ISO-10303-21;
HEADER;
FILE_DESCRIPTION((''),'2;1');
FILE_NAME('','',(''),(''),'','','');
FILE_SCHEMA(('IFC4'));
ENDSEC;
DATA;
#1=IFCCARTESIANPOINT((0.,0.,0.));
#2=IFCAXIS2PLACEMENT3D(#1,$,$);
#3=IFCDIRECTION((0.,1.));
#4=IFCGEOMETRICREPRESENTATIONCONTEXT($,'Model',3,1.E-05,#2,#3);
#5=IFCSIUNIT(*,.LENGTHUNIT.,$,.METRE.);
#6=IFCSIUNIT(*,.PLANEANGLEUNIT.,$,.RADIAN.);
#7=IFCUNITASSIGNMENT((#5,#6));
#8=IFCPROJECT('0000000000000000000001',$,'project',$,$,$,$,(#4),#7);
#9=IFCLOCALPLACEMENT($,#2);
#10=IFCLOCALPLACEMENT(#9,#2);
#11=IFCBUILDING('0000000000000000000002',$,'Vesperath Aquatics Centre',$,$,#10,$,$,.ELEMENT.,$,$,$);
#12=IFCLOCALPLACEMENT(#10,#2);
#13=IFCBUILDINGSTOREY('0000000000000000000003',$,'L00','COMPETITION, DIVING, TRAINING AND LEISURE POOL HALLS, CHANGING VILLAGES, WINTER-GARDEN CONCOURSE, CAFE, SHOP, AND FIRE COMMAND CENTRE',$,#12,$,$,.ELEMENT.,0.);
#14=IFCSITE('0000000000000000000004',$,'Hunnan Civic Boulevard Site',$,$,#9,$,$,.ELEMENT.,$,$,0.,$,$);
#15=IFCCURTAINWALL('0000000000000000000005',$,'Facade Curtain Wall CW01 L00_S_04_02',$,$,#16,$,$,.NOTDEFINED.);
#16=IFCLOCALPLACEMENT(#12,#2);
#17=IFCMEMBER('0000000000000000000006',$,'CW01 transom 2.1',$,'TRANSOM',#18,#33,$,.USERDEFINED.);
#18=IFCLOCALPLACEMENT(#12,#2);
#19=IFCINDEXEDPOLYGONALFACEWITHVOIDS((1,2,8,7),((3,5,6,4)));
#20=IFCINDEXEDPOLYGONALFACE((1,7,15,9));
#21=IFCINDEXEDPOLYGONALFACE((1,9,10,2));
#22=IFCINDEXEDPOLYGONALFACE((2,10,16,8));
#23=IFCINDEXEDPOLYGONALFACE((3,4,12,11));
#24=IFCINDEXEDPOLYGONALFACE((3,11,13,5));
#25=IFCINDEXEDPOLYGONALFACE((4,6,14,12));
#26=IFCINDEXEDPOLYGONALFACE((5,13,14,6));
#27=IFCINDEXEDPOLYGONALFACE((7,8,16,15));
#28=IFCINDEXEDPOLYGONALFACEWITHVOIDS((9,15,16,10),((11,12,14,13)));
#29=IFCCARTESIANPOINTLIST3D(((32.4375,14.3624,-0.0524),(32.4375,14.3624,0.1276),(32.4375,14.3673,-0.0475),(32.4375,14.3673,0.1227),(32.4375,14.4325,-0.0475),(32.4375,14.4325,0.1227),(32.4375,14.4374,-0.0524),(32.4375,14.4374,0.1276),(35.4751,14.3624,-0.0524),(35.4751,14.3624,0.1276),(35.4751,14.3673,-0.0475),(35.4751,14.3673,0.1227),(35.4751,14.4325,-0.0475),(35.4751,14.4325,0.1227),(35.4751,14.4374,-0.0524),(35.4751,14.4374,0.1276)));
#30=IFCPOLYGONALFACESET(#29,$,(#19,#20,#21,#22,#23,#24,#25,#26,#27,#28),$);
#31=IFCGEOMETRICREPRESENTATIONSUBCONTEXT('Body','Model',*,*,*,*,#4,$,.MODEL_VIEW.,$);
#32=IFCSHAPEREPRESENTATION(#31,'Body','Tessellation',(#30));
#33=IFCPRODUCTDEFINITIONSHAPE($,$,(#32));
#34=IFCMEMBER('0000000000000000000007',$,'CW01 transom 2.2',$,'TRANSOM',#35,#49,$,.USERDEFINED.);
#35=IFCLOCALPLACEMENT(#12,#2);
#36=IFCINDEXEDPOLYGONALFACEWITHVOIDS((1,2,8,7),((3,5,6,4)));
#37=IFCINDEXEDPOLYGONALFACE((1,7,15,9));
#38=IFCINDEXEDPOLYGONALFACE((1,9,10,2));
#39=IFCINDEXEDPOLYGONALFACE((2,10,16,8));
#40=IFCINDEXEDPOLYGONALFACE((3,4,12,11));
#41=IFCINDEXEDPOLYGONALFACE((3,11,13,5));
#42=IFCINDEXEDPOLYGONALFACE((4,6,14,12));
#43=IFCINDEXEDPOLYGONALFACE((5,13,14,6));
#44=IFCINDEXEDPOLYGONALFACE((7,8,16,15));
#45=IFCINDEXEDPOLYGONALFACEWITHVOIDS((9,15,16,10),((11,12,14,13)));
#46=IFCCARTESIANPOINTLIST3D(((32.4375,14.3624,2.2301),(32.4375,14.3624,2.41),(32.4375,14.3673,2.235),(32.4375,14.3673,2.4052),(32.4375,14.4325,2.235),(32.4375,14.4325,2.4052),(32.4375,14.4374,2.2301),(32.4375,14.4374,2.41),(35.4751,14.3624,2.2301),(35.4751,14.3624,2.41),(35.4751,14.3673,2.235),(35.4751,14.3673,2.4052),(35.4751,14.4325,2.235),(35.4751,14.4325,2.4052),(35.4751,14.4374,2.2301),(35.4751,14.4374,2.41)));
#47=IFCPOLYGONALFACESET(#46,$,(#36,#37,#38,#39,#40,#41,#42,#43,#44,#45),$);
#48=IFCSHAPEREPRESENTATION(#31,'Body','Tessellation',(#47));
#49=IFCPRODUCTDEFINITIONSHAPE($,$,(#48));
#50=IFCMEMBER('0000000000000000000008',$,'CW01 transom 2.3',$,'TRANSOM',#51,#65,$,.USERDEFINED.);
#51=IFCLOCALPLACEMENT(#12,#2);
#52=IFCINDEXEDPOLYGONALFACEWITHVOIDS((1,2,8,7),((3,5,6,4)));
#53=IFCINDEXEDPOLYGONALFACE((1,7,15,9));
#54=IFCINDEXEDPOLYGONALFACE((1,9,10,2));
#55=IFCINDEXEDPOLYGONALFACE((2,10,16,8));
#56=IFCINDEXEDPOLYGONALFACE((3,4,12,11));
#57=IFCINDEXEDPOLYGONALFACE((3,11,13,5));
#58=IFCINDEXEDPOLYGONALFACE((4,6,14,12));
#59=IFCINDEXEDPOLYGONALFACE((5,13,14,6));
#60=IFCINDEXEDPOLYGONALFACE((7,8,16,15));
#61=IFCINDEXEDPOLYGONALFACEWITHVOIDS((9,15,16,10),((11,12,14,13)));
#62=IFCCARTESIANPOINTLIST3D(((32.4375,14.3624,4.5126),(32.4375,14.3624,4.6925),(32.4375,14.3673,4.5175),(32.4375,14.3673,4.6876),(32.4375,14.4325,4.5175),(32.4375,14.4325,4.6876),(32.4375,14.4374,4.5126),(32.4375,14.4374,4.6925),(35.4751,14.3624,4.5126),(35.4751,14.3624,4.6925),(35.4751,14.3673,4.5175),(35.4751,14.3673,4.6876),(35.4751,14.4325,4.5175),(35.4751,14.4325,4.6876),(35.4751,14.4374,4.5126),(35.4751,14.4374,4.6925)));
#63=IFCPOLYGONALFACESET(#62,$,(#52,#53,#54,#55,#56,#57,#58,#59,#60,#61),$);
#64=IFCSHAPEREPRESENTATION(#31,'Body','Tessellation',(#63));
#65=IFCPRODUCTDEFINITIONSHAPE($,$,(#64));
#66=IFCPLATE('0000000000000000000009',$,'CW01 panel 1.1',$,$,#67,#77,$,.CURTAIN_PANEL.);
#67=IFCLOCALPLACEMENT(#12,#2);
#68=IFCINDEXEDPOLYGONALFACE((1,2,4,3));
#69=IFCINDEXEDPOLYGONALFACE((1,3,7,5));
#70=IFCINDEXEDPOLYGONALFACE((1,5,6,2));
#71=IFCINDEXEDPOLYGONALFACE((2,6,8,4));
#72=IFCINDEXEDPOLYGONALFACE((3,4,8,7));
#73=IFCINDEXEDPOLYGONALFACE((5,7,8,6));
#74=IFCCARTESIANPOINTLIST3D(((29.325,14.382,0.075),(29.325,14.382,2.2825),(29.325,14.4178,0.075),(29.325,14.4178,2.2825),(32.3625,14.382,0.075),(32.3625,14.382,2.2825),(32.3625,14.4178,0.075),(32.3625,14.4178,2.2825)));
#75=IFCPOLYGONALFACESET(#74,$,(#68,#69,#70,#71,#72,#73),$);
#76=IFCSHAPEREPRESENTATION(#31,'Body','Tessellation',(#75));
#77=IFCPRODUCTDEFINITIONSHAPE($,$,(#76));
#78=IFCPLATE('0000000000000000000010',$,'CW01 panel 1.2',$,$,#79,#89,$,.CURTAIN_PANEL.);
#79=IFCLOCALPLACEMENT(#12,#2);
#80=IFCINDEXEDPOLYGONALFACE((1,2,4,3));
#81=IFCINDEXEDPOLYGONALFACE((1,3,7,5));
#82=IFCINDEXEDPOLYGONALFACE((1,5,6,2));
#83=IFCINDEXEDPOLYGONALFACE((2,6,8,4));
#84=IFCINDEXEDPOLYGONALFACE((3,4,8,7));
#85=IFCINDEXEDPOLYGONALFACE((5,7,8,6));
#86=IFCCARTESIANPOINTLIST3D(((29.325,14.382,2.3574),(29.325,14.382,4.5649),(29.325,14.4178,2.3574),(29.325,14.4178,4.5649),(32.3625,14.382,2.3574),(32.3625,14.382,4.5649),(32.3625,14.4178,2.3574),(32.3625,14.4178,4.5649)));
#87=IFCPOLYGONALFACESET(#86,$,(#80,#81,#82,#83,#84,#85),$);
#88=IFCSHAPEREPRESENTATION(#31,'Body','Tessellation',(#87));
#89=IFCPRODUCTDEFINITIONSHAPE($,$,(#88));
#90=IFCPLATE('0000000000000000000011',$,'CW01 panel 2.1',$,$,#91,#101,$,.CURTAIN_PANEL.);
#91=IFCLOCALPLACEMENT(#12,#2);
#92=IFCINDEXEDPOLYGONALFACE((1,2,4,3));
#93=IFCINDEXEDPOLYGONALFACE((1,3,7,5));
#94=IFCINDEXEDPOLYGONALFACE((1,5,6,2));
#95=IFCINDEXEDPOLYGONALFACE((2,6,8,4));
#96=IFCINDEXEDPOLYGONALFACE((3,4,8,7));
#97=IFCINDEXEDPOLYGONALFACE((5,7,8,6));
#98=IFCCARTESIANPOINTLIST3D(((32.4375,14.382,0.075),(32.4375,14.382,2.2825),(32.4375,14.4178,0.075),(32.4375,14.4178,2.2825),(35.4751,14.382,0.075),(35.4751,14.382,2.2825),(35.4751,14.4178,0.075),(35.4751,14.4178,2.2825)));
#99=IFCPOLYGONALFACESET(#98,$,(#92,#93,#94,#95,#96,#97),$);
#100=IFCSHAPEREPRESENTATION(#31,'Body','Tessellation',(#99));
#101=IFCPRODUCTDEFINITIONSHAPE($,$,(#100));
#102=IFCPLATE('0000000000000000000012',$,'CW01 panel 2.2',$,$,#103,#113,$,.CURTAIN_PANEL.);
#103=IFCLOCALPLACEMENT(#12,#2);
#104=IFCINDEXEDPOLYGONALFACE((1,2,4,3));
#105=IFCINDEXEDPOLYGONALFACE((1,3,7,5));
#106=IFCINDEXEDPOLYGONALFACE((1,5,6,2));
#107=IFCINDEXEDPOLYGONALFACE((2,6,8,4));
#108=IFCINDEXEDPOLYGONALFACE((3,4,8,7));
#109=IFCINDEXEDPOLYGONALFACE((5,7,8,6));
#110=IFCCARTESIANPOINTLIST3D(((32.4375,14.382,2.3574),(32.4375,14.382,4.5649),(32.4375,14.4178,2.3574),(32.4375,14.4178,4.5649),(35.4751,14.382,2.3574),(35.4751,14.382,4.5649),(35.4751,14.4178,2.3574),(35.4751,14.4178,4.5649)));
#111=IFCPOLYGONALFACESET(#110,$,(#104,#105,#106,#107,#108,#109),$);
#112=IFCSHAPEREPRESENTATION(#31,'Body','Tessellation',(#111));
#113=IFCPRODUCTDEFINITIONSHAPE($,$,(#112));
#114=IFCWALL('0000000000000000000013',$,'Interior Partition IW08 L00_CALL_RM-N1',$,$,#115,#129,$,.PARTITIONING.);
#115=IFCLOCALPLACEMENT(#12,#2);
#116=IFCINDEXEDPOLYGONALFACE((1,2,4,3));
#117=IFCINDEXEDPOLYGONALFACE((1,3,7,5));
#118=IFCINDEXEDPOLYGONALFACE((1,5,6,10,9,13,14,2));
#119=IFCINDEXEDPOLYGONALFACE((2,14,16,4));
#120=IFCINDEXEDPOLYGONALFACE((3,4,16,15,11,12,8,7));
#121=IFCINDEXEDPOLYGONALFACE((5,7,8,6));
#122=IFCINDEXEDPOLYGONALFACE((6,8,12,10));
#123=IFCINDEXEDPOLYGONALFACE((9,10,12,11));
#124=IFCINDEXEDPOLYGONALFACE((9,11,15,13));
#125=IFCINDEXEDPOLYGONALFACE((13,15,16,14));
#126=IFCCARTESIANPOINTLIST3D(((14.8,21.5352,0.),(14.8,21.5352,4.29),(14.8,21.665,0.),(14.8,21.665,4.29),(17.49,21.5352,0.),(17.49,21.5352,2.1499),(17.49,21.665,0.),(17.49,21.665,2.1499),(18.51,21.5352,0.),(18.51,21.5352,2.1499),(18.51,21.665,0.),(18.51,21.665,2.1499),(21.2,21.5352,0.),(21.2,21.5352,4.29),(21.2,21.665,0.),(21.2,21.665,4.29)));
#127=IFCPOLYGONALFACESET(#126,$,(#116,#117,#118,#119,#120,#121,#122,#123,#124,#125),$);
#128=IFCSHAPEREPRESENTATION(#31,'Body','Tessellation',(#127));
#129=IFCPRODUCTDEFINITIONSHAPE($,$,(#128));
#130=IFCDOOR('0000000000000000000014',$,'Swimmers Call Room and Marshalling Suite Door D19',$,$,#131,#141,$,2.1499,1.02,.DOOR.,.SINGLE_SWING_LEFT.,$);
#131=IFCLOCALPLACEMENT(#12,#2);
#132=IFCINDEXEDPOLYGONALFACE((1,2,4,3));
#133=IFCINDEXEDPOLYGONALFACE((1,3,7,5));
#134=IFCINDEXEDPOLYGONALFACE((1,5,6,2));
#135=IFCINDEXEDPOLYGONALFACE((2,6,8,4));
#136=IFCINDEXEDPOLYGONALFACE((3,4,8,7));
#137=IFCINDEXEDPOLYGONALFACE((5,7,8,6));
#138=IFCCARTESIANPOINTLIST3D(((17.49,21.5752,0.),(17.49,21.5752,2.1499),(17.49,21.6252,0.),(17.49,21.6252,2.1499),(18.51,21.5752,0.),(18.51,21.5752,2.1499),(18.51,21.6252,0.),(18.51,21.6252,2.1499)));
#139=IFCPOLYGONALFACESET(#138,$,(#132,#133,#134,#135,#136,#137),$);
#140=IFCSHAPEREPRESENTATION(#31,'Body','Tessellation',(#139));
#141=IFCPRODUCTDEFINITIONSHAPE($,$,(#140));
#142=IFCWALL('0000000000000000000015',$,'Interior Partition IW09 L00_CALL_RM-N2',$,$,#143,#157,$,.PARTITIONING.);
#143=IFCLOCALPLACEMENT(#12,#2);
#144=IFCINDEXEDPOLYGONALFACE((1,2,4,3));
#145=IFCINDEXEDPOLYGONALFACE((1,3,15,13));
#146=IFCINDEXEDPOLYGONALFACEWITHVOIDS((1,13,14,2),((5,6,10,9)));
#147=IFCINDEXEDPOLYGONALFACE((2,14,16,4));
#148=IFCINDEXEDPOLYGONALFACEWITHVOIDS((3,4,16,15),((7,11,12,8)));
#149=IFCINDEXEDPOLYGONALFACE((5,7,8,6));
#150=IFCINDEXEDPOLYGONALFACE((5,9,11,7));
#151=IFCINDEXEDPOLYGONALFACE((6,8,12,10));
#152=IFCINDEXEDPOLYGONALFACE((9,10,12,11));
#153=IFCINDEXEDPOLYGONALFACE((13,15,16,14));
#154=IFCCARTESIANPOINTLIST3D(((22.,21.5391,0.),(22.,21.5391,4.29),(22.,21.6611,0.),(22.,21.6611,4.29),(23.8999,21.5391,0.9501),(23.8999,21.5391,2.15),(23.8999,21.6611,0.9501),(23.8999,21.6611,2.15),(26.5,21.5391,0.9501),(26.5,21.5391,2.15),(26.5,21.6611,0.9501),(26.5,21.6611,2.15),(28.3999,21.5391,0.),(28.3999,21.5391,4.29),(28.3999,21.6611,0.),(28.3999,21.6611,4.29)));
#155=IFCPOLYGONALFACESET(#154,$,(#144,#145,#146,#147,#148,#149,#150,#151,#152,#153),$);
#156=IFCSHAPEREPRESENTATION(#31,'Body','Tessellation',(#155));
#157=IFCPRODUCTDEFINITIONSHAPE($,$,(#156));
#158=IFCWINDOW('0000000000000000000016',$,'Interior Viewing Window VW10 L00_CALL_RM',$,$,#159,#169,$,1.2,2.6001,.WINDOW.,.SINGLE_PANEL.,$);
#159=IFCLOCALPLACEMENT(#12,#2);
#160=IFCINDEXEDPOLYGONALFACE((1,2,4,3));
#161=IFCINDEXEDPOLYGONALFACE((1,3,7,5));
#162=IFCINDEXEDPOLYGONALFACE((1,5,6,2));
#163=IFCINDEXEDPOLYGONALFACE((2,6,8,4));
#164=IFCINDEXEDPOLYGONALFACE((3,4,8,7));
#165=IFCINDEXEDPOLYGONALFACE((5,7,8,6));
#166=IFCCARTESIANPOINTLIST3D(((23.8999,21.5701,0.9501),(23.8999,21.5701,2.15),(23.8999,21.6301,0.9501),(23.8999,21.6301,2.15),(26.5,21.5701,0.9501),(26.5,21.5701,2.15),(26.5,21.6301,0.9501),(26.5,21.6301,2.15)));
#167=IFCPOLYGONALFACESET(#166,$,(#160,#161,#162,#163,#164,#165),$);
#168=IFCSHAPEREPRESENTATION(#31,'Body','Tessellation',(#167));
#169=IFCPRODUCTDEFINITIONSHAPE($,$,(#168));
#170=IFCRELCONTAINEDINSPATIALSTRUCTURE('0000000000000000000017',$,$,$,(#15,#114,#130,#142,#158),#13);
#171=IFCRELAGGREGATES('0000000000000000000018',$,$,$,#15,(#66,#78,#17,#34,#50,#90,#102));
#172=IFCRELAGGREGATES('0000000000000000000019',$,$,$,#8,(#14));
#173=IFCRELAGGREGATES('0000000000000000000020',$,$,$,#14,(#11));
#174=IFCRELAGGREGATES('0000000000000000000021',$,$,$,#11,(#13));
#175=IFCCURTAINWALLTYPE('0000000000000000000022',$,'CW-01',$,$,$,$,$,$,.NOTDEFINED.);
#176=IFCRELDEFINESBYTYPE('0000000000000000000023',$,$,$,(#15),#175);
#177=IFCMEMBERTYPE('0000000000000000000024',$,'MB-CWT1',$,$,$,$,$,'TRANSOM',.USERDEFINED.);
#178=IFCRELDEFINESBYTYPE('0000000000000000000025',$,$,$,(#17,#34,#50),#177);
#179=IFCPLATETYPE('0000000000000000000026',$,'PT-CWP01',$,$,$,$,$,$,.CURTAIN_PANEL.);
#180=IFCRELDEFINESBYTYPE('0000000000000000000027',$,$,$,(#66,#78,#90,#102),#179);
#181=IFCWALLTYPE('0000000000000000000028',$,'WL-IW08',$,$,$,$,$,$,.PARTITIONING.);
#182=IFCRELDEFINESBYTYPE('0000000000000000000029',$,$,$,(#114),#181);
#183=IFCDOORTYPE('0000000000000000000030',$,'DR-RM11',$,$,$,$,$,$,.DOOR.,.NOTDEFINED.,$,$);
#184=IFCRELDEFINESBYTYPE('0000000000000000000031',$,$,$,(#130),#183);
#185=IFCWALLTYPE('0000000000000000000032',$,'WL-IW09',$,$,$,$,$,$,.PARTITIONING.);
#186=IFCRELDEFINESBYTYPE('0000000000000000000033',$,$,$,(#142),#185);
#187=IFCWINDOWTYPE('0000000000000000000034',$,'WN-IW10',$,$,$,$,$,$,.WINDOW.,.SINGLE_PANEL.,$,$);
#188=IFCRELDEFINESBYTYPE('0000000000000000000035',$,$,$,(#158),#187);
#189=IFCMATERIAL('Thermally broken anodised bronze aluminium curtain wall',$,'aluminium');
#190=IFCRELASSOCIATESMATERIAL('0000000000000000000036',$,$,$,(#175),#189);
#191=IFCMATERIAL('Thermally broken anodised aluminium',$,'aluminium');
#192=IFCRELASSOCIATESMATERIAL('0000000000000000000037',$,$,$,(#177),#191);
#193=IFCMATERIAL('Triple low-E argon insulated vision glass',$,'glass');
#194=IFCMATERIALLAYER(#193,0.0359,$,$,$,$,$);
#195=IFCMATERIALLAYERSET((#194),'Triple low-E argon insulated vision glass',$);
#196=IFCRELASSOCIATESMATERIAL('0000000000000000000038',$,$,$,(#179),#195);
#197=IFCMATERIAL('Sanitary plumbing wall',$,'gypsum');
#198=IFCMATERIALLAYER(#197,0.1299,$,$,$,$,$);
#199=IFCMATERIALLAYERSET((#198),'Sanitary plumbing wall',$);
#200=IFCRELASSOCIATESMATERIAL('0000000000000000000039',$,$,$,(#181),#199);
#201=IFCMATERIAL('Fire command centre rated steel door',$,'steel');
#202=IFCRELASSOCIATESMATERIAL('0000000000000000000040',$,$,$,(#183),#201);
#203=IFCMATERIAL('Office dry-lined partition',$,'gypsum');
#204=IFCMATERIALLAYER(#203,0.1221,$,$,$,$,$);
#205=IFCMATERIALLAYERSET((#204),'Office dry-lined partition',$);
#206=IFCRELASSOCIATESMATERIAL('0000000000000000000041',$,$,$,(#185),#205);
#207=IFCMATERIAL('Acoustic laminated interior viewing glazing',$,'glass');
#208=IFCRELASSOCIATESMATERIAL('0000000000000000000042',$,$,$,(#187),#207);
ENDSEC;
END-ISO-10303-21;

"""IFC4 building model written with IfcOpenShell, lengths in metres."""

from ifc_helpers import new_model, si_unit, direction, frame, frame_2d, origin, origin_2d, place, context, subcontext, project, spatial, rectangle, hollow_rectangle, extrude, material, layer, layer_set, material_profile, profile_set, type_object, element, fill, aggregate, save


model = new_model("IFC4")

# Units and contexts
model_context = context("Model", 3, precision=1e-05, world=origin(), true_north=direction((0.0, 1.0)))
body_context = subcontext(model_context, "Body", "Model", "MODEL_VIEW")
ifc_project = project(units=[si_unit("LENGTHUNIT", "METRE"), si_unit("PLANEANGLEUNIT", "RADIAN")], contexts=[model_context])

# Site, building, storey
site_placement = place(None, origin())
site = spatial("IfcSite", under=ifc_project, at=site_placement, Name="Hunnan Civic Boulevard Site", CompositionType="ELEMENT", RefElevation=0.0)
building_placement = place(site_placement, origin())
building = spatial("IfcBuilding", under=site, at=building_placement, Name="Vesperath Aquatics Centre", CompositionType="ELEMENT")
storey_placement = place(building_placement, origin())
storey = spatial("IfcBuildingStorey", under=building, at=storey_placement, Name="L00", Description="COMPETITION, DIVING, TRAINING AND LEISURE POOL HALLS, CHANGING VILLAGES, WINTER-GARDEN CONCOURSE, CAFE, SHOP, AND FIRE COMMAND CENTRE", CompositionType="ELEMENT", Elevation=0.0)

# Curtain wall, members, plates
ifc_material_1 = material(Name="Thermally broken anodised bronze aluminium curtain wall", Category="aluminium")
curtain_wall_type = type_object("IfcCurtainWallType", Name="CW-01", PredefinedType="NOTDEFINED", material=ifc_material_1)
curtain_wall_placement = place(storey_placement, origin())
curtain_wall = element("IfcCurtainWall", 1, at=curtain_wall_placement, inside=storey, type_object=curtain_wall_type, Name="Facade Curtain Wall CW01 L00_S_04_02", PredefinedType="NOTDEFINED")
ifc_material_2 = material(Name="Thermally broken anodised aluminium", Category="aluminium")
ifc_material_profile_1 = material_profile(ifc_material_2, hollow_rectangle(XDim=0.075, YDim=0.1799, WallThickness=0.0049, at=origin_2d()), Name="CWT 75x180x5")
ifc_profile_set_1 = profile_set([ifc_material_profile_1], Name="Thermally broken anodised aluminium")
member_type_1 = type_object("IfcMemberType", Name="MB-CWT1", ElementType="TRANSOM", PredefinedType="USERDEFINED", material=ifc_profile_set_1)
member_1_placement = place(storey_placement, frame((32.4375, 14.3999, 0.0376), z_axis=(1.0, 0.0, 0.0), x_axis=(0.0, 1.0, 0.0)))
member_1 = element("IfcMember", 2, at=member_1_placement, type_object=member_type_1, Name="CW01 transom 2.1", ObjectType="TRANSOM", PredefinedType="USERDEFINED", context=body_context, shape_type="SweptSolid", body=[
    extrude(hollow_rectangle(XDim=0.075, YDim=0.1799, WallThickness=0.0049, at=origin_2d()), origin(), (0.0, 0.0, 1.0), 3.0376),
])
member_2_placement = place(storey_placement, frame((32.4375, 14.3999, 2.3201), z_axis=(1.0, 0.0, 0.0), x_axis=(0.0, 1.0, 0.0)))
member_2 = element("IfcMember", 3, at=member_2_placement, type_object=member_type_1, Name="CW01 transom 2.2", ObjectType="TRANSOM", PredefinedType="USERDEFINED", context=body_context, shape_type="SweptSolid", body=[
    extrude(hollow_rectangle(XDim=0.075, YDim=0.1799, WallThickness=0.0049, at=origin_2d()), origin(), (0.0, 0.0, 1.0), 3.0376),
])
member_3_placement = place(storey_placement, frame((32.4375, 14.3999, 4.6025), z_axis=(1.0, 0.0, 0.0), x_axis=(0.0, 1.0, 0.0)))
member_3 = element("IfcMember", 4, at=member_3_placement, type_object=member_type_1, Name="CW01 transom 2.3", ObjectType="TRANSOM", PredefinedType="USERDEFINED", context=body_context, shape_type="SweptSolid", body=[
    extrude(hollow_rectangle(XDim=0.075, YDim=0.1799, WallThickness=0.0049, at=origin_2d()), origin(), (0.0, 0.0, 1.0), 3.0376),
])
ifc_material_3 = material(Name="Triple low-E argon insulated vision glass", Category="glass")
ifc_layer_1 = layer(ifc_material_3, 0.0359)
ifc_layer_set_1 = layer_set([ifc_layer_1], Name="Triple low-E argon insulated vision glass")
plate_type = type_object("IfcPlateType", Name="PT-CWP01", PredefinedType="CURTAIN_PANEL", material=ifc_layer_set_1)
plate_1_placement = place(storey_placement, frame((30.8438, 14.3999, 0.075), z_axis=(0.0, 0.0, 1.0), x_axis=(1.0, 0.0, 0.0)))
plate_1 = element("IfcPlate", 5, at=plate_1_placement, type_object=plate_type, Name="CW01 panel 1.1", PredefinedType="CURTAIN_PANEL", context=body_context, shape_type="SweptSolid", body=[
    extrude(rectangle(XDim=3.0376, YDim=0.0359, at=origin_2d()), origin(), (0.0, 0.0, 1.0), 2.2075),
])
plate_2_placement = place(storey_placement, frame((30.8438, 14.3999, 2.3574), z_axis=(0.0, 0.0, 1.0), x_axis=(1.0, 0.0, 0.0)))
plate_2 = element("IfcPlate", 6, at=plate_2_placement, type_object=plate_type, Name="CW01 panel 1.2", PredefinedType="CURTAIN_PANEL", context=body_context, shape_type="SweptSolid", body=[
    extrude(rectangle(XDim=3.0376, YDim=0.0359, at=origin_2d()), origin(), (0.0, 0.0, 1.0), 2.2075),
])
plate_3_placement = place(storey_placement, frame((33.9563, 14.3999, 0.075), z_axis=(0.0, 0.0, 1.0), x_axis=(1.0, 0.0, 0.0)))
plate_3 = element("IfcPlate", 7, at=plate_3_placement, type_object=plate_type, Name="CW01 panel 2.1", PredefinedType="CURTAIN_PANEL", context=body_context, shape_type="SweptSolid", body=[
    extrude(rectangle(XDim=3.0376, YDim=0.0359, at=origin_2d()), origin(), (0.0, 0.0, 1.0), 2.2075),
])
plate_4_placement = place(storey_placement, frame((33.9563, 14.3999, 2.3574), z_axis=(0.0, 0.0, 1.0), x_axis=(1.0, 0.0, 0.0)))
plate_4 = element("IfcPlate", 8, at=plate_4_placement, type_object=plate_type, Name="CW01 panel 2.2", PredefinedType="CURTAIN_PANEL", context=body_context, shape_type="SweptSolid", body=[
    extrude(rectangle(XDim=3.0376, YDim=0.0359, at=origin_2d()), origin(), (0.0, 0.0, 1.0), 2.2075),
])
aggregate(curtain_wall, [plate_1, plate_2, member_1, member_2, member_3, plate_3, plate_4])

# Wall, opening, door
ifc_material_4 = material(Name="Sanitary plumbing wall", Category="gypsum")
ifc_layer_2 = layer(ifc_material_4, 0.1299)
ifc_layer_set_2 = layer_set([ifc_layer_2], Name="Sanitary plumbing wall")
wall_type_1 = type_object("IfcWallType", Name="WL-IW08", PredefinedType="PARTITIONING", material=ifc_layer_set_2)
wall_1_placement = place(storey_placement, frame((14.8, 21.6001, 0.0), z_axis=(0.0, 0.0, 1.0), x_axis=(1.0, 0.0, 0.0)))
wall_1 = element("IfcWall", 9, at=wall_1_placement, inside=storey, type_object=wall_type_1, Name="Interior Partition IW08 L00_CALL_RM-N1", PredefinedType="PARTITIONING", context=body_context, shape_type="SweptSolid", body=[
    extrude(rectangle(XDim=6.3999, YDim=0.1299, at=frame_2d((3.2, 0.0))), origin(), (0.0, 0.0, 1.0), 4.29),
])
opening_1_placement = place(wall_1_placement, frame((2.6899, 0.0, 0.0)))
opening_1 = element("IfcOpeningElement", 10, at=opening_1_placement, cuts=wall_1, PredefinedType="OPENING", context=body_context, shape_type="SweptSolid", body=[
    extrude(rectangle(XDim=1.02, YDim=2.1499, at=frame_2d((0.51, 1.075))), frame((0.0, 0.0798, 0.0), z_axis=(0.0, -1.0, 0.0), x_axis=(1.0, 0.0, 0.0)), (0.0, 0.0, 1.0), 0.1597),
])
ifc_material_5 = material(Name="Fire command centre rated steel door", Category="steel")
door_type = type_object("IfcDoorType", Name="DR-RM11", OperationType="NOTDEFINED", PredefinedType="DOOR", material=ifc_material_5)
door_placement = place(opening_1_placement, frame((1.02, 0.0, 0.0), z_axis=(0.0, 0.0, 1.0), x_axis=(-1.0, 0.0, 0.0)))
door = element("IfcDoor", 11, at=door_placement, inside=storey, type_object=door_type, Name="Swimmers Call Room and Marshalling Suite Door D19", OperationType="SINGLE_SWING_LEFT", OverallHeight=2.1499, OverallWidth=1.02, PredefinedType="DOOR", context=body_context, shape_type="SweptSolid", body=[
    extrude(rectangle(XDim=1.02, YDim=2.1499, at=frame_2d((0.51, 1.075))), frame((0.0, 0.0249, 0.0), z_axis=(0.0, -1.0, 0.0), x_axis=(1.0, 0.0, 0.0)), (0.0, 0.0, 1.0), 0.05),
])
fill(opening_1, door)

# Wall, opening, window
ifc_material_6 = material(Name="Office dry-lined partition", Category="gypsum")
ifc_layer_3 = layer(ifc_material_6, 0.1221)
ifc_layer_set_3 = layer_set([ifc_layer_3], Name="Office dry-lined partition")
wall_type_2 = type_object("IfcWallType", Name="WL-IW09", PredefinedType="PARTITIONING", material=ifc_layer_set_3)
wall_2_placement = place(storey_placement, frame((22.0, 21.6001, 0.0), z_axis=(0.0, 0.0, 1.0), x_axis=(1.0, 0.0, 0.0)))
wall_2 = element("IfcWall", 12, at=wall_2_placement, inside=storey, type_object=wall_type_2, Name="Interior Partition IW09 L00_CALL_RM-N2", PredefinedType="PARTITIONING", context=body_context, shape_type="SweptSolid", body=[
    extrude(rectangle(XDim=6.3999, YDim=0.1221, at=frame_2d((3.2, 0.0))), origin(), (0.0, 0.0, 1.0), 4.29),
])
opening_2_placement = place(wall_2_placement, frame((1.8999, 0.0, 0.95)))
opening_2 = element("IfcOpeningElement", 13, at=opening_2_placement, cuts=wall_2, PredefinedType="OPENING", context=body_context, shape_type="SweptSolid", body=[
    extrude(rectangle(XDim=2.6001, YDim=1.2, at=frame_2d((1.3, 0.6001))), frame((0.0, 0.0759, 0.0), z_axis=(0.0, -1.0, 0.0), x_axis=(1.0, 0.0, 0.0)), (0.0, 0.0, 1.0), 0.1519),
])
ifc_material_7 = material(Name="Acoustic laminated interior viewing glazing", Category="glass")
window_type = type_object("IfcWindowType", Name="WN-IW10", PartitioningType="SINGLE_PANEL", PredefinedType="WINDOW", material=ifc_material_7)
window_placement = place(opening_2_placement, origin())
window = element("IfcWindow", 14, at=window_placement, inside=storey, type_object=window_type, Name="Interior Viewing Window VW10 L00_CALL_RM", OverallHeight=1.2, OverallWidth=2.6001, PartitioningType="SINGLE_PANEL", PredefinedType="WINDOW", context=body_context, shape_type="SweptSolid", body=[
    extrude(rectangle(XDim=2.6001, YDim=1.2, at=frame_2d((1.3, 0.6001))), frame((0.0, 0.03, 0.0), z_axis=(0.0, -1.0, 0.0), x_axis=(1.0, 0.0, 0.0)), (0.0, 0.0, 1.0), 0.0601),
])
fill(opening_2, window)

save(model, "model.ifc")
